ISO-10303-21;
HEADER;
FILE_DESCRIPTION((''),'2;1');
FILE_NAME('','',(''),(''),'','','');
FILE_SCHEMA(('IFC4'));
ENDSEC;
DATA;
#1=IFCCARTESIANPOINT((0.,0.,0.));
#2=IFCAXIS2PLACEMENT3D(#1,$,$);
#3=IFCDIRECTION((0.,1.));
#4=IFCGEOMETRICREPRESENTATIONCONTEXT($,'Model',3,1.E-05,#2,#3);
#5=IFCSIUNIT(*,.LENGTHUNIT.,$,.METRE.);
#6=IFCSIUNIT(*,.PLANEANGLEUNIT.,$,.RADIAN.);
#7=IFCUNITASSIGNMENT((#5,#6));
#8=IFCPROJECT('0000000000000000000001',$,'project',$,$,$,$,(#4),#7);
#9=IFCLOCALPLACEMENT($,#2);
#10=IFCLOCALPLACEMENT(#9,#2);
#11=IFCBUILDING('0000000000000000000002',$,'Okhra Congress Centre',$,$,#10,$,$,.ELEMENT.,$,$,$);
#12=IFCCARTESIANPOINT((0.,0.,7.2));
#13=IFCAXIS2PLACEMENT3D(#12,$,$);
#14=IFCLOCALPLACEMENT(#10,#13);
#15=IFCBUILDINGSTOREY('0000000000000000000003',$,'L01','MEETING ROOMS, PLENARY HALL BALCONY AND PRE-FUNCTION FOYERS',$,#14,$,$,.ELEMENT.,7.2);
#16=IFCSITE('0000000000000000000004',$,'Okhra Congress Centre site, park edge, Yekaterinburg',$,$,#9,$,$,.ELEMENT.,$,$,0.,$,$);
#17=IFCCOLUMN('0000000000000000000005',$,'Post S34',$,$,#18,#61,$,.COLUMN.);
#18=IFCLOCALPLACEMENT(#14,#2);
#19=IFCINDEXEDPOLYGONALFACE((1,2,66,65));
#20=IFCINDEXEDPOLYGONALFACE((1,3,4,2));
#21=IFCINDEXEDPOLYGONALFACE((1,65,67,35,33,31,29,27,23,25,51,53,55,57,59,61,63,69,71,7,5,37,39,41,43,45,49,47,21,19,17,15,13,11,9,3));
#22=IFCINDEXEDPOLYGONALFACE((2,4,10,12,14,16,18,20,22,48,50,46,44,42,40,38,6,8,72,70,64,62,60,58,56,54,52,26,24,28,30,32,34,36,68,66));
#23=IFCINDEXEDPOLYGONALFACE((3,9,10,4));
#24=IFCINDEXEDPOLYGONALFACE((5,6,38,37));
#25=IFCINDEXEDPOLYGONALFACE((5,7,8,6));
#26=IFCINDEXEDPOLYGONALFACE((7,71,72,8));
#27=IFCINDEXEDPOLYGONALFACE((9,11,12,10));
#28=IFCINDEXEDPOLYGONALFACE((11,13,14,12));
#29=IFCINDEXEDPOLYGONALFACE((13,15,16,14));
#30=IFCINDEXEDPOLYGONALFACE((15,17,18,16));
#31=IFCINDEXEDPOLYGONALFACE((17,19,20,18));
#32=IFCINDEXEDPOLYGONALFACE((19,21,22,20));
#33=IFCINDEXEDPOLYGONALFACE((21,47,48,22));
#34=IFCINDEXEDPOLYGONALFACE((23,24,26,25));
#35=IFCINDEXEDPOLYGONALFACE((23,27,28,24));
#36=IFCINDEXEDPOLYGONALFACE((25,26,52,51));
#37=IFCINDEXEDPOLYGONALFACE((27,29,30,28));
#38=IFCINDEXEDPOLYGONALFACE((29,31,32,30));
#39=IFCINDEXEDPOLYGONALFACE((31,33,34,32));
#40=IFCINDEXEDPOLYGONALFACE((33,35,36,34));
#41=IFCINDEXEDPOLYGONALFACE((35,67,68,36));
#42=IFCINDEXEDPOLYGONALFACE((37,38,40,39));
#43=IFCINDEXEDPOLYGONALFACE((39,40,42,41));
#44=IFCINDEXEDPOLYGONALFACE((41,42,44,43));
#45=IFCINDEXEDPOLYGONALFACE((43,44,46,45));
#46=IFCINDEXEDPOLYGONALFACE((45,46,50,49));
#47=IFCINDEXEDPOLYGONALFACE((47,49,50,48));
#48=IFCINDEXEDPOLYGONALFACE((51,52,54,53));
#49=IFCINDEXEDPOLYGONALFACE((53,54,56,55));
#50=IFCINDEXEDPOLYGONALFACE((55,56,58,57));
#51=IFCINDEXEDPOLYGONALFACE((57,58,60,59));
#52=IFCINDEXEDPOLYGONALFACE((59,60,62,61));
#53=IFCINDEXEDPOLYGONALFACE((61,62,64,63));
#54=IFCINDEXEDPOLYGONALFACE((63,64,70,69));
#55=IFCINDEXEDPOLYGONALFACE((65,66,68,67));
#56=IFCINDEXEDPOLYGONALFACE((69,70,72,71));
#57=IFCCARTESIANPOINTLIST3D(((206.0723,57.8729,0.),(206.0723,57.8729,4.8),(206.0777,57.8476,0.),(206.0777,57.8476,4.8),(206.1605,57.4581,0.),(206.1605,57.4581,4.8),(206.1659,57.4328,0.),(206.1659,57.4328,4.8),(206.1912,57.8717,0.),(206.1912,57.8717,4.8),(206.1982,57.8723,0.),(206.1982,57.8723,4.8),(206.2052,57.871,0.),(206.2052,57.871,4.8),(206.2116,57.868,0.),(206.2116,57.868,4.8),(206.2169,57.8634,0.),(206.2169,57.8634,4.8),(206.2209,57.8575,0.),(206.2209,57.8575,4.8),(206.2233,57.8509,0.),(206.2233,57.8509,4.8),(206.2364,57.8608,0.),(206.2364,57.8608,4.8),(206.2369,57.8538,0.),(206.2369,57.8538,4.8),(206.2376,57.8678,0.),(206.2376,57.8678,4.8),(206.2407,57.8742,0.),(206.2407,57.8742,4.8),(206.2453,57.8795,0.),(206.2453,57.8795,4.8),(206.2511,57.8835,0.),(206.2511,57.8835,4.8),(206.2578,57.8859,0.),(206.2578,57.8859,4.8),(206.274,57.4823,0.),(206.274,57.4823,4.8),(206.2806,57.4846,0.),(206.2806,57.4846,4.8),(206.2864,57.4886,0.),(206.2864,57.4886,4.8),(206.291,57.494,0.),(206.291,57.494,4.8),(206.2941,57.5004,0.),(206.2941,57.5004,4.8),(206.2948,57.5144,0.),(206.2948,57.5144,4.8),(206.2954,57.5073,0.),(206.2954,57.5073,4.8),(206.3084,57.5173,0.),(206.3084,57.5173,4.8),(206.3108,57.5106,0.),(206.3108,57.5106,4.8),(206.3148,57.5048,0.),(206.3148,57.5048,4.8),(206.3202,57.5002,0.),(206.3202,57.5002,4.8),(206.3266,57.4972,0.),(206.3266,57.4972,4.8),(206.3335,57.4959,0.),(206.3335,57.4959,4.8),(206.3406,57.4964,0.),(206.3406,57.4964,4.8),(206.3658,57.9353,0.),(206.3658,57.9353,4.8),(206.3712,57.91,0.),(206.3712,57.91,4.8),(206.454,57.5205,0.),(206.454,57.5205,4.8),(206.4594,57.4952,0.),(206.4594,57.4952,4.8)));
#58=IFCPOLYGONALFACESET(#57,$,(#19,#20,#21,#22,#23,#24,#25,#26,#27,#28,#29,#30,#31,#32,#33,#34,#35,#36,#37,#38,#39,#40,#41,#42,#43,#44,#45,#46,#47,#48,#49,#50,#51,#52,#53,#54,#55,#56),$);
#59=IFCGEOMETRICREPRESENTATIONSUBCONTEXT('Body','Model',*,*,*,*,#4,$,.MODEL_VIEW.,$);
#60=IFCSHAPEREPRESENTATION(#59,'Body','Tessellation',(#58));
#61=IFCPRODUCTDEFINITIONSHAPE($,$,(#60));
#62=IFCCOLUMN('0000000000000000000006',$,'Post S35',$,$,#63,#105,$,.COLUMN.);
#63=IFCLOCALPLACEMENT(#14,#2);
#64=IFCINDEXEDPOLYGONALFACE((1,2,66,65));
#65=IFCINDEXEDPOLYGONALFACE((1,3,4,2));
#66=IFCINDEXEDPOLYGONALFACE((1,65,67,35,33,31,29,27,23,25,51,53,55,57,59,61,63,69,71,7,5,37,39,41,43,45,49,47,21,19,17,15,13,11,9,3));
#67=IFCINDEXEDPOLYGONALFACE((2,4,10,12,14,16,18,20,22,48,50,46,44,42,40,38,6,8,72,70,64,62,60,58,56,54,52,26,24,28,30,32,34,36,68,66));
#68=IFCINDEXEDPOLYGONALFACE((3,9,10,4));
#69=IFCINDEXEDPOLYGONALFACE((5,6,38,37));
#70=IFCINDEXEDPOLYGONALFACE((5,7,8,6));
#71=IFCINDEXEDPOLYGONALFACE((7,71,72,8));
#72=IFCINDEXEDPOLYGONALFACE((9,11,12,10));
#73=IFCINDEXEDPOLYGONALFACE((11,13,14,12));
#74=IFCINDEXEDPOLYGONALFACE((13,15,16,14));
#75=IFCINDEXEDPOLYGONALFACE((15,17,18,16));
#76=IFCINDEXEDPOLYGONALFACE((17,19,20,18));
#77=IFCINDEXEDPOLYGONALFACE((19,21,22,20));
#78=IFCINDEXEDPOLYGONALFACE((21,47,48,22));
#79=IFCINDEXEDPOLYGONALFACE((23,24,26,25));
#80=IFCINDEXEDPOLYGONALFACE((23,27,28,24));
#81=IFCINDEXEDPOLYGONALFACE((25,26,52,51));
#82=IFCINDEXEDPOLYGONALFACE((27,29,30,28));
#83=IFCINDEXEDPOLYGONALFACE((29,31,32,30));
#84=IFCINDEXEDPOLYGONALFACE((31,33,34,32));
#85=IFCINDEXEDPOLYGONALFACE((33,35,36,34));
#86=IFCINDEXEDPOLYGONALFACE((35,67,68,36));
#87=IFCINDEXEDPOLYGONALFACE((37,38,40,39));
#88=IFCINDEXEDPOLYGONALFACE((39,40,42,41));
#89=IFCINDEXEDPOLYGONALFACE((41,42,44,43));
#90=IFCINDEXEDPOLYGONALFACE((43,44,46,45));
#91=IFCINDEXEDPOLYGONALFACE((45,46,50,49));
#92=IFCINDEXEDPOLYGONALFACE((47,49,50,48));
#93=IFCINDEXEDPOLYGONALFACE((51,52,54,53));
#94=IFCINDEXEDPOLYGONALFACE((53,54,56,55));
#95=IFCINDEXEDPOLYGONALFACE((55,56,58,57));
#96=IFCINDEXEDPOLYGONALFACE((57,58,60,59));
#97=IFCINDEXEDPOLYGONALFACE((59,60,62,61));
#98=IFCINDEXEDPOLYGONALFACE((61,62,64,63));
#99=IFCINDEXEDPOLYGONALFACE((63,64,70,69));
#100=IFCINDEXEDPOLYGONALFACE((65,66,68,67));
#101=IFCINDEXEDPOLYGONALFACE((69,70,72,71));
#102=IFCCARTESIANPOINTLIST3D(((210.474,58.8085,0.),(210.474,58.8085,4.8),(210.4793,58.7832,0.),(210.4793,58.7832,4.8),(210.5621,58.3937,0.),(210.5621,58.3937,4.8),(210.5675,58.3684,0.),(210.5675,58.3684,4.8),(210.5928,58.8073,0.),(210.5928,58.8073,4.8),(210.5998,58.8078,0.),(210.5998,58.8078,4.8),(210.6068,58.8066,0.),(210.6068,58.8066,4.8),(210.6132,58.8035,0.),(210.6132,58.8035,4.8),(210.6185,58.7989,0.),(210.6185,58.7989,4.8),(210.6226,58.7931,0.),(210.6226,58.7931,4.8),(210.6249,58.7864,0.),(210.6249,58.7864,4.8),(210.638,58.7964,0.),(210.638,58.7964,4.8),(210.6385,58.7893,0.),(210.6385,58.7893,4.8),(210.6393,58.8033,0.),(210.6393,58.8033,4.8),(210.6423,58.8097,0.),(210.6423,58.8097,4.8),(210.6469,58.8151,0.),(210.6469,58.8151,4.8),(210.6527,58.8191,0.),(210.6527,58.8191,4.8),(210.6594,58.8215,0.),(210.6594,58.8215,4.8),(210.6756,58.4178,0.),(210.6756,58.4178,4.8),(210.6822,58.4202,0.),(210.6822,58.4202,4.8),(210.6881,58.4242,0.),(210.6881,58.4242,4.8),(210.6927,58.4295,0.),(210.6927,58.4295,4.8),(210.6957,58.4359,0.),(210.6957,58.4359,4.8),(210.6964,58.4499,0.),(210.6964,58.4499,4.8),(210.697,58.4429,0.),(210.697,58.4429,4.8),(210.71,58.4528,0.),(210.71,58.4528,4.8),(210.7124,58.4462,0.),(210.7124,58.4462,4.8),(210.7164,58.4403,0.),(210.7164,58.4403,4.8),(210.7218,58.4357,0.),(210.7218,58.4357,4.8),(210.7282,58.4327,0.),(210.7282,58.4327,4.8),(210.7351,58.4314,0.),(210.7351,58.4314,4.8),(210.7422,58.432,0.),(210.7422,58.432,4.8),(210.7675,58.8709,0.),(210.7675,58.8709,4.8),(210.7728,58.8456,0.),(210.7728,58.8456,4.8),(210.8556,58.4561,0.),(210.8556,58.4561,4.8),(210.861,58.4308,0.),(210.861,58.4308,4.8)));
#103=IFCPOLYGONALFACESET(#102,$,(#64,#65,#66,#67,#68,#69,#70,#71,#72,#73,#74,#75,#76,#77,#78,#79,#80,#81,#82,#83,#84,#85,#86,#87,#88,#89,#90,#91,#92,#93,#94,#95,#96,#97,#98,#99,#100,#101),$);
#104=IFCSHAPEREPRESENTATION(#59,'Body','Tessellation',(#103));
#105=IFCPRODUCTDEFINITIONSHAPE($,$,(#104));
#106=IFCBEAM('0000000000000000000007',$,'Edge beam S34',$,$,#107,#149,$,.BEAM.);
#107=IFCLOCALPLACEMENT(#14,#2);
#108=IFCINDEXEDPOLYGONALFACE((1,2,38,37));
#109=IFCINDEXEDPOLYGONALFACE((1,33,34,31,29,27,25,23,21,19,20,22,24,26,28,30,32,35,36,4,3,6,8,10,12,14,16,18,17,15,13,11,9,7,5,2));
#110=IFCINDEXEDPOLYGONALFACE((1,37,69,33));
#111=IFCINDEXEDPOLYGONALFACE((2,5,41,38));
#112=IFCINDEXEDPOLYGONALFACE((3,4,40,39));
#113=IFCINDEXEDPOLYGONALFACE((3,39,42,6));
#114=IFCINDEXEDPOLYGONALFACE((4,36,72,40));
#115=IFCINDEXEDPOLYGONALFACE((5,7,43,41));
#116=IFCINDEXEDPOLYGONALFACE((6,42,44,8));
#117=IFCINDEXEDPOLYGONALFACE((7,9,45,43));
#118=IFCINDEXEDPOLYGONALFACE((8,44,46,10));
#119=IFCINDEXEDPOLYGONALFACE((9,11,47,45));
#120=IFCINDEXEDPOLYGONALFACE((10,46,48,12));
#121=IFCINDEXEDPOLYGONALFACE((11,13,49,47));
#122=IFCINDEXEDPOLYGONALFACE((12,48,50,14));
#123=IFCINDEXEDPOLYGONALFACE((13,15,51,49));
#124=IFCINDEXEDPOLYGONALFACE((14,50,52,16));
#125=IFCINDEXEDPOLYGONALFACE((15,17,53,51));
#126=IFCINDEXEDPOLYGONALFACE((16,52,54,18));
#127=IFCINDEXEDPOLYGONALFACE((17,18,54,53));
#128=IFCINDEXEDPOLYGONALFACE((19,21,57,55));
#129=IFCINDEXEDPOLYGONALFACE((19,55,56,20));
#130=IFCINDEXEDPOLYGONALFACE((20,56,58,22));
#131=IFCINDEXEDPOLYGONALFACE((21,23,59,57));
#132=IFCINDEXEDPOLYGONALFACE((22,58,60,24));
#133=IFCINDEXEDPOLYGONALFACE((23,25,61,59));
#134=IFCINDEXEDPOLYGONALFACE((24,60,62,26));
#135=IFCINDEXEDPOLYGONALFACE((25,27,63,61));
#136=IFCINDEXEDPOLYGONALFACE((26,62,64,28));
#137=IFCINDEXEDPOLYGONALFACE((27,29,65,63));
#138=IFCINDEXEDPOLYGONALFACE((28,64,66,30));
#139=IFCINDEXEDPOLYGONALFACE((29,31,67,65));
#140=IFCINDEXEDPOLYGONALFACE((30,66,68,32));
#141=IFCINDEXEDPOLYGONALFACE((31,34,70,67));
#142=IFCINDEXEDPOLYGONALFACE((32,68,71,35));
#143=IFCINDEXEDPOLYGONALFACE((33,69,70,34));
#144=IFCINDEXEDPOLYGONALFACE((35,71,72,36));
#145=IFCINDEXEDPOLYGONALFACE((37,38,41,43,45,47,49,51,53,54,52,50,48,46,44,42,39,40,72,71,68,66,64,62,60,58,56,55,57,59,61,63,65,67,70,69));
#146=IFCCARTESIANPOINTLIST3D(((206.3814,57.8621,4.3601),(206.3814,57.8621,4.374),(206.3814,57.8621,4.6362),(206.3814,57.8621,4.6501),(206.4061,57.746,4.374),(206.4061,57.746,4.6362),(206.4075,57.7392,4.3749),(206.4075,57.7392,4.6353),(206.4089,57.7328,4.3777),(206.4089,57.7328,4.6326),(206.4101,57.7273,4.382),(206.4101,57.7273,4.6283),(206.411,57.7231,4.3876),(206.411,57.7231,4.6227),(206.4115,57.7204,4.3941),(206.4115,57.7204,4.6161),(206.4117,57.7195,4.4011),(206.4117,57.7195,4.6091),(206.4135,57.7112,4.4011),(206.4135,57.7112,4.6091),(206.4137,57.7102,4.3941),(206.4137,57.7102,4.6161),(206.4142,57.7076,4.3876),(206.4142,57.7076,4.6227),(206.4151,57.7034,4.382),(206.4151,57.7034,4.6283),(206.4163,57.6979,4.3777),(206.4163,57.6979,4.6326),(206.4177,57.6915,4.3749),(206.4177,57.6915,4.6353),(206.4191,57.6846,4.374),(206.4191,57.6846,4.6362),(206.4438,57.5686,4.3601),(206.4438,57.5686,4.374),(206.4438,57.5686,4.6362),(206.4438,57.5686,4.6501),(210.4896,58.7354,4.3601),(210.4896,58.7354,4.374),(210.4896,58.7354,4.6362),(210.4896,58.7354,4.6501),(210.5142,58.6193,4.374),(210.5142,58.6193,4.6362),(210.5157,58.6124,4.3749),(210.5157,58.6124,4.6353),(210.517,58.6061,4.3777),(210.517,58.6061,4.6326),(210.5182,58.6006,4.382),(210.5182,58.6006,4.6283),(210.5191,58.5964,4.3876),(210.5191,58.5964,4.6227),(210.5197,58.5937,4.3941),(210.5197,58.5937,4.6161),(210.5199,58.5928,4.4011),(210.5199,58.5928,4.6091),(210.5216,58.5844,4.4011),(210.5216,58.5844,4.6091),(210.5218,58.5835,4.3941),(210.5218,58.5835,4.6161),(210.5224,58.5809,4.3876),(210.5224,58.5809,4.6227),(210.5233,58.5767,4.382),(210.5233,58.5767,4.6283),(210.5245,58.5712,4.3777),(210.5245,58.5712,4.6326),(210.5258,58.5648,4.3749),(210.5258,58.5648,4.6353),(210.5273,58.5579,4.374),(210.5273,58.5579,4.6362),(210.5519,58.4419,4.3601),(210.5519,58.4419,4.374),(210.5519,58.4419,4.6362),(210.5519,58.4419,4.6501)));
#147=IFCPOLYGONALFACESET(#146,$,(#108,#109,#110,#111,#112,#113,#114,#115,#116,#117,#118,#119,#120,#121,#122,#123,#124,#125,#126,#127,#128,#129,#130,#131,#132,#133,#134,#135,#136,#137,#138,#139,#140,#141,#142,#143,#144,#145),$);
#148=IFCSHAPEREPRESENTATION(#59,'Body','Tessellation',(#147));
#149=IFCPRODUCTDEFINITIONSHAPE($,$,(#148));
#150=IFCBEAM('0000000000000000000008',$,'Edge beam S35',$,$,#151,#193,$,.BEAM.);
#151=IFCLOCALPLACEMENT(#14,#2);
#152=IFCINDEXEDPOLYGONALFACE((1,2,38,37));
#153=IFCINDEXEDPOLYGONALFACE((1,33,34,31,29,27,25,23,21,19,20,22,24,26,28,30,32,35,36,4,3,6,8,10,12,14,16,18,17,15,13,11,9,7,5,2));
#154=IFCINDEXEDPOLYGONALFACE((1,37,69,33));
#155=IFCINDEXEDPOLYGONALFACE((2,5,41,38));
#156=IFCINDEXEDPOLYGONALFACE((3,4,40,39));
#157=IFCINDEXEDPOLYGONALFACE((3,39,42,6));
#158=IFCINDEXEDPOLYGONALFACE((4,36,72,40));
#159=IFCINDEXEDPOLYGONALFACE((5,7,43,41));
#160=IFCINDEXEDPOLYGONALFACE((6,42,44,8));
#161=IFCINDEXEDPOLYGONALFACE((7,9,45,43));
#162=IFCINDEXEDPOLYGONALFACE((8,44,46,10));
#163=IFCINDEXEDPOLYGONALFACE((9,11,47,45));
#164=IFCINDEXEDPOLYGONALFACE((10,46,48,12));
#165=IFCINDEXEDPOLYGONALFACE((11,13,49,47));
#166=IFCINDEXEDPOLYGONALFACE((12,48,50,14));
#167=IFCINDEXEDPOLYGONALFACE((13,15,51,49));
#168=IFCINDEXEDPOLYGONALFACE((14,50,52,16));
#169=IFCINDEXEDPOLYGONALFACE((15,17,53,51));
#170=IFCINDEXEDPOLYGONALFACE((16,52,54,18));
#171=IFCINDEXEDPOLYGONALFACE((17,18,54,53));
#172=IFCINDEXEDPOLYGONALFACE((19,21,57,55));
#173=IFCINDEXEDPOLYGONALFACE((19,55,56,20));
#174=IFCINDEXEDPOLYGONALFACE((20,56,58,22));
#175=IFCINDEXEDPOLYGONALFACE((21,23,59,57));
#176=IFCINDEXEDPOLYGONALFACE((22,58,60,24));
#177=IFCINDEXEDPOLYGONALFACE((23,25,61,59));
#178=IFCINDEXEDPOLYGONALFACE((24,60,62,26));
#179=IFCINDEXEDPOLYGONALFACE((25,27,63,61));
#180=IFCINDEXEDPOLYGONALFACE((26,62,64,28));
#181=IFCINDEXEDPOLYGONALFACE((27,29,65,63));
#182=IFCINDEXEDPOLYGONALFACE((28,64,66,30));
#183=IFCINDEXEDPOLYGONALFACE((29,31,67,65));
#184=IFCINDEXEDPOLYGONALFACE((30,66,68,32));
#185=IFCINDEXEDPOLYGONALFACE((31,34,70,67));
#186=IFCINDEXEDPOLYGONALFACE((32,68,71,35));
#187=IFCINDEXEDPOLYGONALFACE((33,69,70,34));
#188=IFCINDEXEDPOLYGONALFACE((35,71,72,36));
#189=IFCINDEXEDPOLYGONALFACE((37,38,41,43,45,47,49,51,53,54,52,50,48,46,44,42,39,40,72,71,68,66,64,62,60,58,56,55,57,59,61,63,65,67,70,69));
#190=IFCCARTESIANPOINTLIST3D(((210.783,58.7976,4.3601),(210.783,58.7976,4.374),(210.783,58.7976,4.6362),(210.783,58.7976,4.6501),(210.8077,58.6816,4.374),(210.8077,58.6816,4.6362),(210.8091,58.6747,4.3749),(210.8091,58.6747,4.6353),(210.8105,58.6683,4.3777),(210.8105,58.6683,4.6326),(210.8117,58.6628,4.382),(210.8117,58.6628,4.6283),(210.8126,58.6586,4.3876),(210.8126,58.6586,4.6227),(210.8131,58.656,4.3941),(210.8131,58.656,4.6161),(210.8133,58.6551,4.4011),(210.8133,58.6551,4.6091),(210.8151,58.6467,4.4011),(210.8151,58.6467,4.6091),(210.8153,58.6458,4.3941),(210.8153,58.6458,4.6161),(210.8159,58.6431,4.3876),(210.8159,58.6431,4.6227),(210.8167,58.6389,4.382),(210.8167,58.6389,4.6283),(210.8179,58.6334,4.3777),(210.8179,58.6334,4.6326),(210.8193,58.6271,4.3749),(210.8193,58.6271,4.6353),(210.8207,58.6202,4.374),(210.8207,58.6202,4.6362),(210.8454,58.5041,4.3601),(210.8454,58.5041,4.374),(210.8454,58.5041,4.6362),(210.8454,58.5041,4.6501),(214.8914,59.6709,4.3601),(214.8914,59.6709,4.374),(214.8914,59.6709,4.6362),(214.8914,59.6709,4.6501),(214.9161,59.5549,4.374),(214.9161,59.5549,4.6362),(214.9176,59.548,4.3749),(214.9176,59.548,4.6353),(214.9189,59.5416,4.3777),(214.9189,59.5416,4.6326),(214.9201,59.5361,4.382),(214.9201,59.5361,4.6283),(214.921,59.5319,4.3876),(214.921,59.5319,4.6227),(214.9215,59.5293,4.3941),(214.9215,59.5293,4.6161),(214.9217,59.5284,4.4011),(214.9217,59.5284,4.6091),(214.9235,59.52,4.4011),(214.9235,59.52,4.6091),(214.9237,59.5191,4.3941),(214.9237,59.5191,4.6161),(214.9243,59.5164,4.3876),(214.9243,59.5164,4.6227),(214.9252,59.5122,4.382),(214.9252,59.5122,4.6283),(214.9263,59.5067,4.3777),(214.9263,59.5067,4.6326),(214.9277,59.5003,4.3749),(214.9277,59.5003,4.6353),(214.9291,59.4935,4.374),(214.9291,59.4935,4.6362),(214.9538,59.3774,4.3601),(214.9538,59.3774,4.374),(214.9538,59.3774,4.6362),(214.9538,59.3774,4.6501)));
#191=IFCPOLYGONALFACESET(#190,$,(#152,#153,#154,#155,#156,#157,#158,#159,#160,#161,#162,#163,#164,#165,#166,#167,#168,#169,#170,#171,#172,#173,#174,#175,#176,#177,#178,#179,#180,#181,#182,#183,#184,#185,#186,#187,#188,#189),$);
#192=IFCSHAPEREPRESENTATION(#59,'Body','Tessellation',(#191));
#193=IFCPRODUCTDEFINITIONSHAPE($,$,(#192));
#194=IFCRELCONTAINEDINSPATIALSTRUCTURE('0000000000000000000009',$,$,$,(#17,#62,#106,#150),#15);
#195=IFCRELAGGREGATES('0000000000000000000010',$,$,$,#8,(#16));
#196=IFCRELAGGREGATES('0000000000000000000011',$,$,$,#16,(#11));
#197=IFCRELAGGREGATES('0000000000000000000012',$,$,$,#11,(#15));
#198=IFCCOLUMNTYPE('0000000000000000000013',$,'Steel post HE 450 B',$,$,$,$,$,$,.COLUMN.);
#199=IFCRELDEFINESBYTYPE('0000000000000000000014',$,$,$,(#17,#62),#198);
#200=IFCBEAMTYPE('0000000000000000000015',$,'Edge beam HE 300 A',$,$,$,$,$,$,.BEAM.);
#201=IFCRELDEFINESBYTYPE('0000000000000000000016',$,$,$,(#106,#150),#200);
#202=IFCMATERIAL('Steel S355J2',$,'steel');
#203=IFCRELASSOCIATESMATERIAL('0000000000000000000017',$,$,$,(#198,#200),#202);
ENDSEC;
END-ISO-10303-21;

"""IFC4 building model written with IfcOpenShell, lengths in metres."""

from ifc_helpers import new_model, si_unit, direction, frame, origin, origin_2d, place, context, subcontext, project, spatial, i_section, extrude, material, material_profile, profile_set, type_object, element, save


model = new_model("IFC4")

# Units and contexts
model_context = context("Model", 3, precision=1e-05, world=origin(), true_north=direction((0.0, 1.0)))
body_context = subcontext(model_context, "Body", "Model", "MODEL_VIEW")
ifc_project = project(units=[si_unit("LENGTHUNIT", "METRE"), si_unit("PLANEANGLEUNIT", "RADIAN")], contexts=[model_context])

# Site, building, storey
site_placement = place(None, origin())
site = spatial("IfcSite", under=ifc_project, at=site_placement, Name="Okhra Congress Centre site, park edge, Yekaterinburg", CompositionType="ELEMENT", RefElevation=0.0)
building_placement = place(site_placement, origin())
building = spatial("IfcBuilding", under=site, at=building_placement, Name="Okhra Congress Centre", CompositionType="ELEMENT")
storey_placement = place(building_placement, frame((0.0, 0.0, 7.2)))
storey = spatial("IfcBuildingStorey", under=building, at=storey_placement, Name="L01", Description="MEETING ROOMS, PLENARY HALL BALCONY AND PRE-FUNCTION FOYERS", CompositionType="ELEMENT", Elevation=7.2)

# Columns
ifc_material_1 = material(Name="Steel S355J2", Category="steel")
ifc_material_profile_1 = material_profile(ifc_material_1, i_section(OverallWidth=0.3, OverallDepth=0.45, WebThickness=0.0139, FlangeThickness=0.0259, FilletRadius=0.0271, at=origin_2d()), Name="HE 450 B")
ifc_profile_set_1 = profile_set([ifc_material_profile_1], Name="Steel S355J2")
column_type = type_object("IfcColumnType", Name="Steel post HE 450 B", PredefinedType="COLUMN", material=ifc_profile_set_1)
for number, where, z_axis, x_axis, name in (
    (1, (206.2659, 57.6841, 0.0), (0.0, 0.0, 1.0), (0.978148, 0.207912, 0.0), "Post S34"),
    (2, (210.6675, 58.6196, 0.0), (0.0, 0.0, 1.0), (0.978148, 0.207912, 0.0), "Post S35"),
):
    element("IfcColumn", number, at=place(storey_placement, frame(where, z_axis=z_axis, x_axis=x_axis)), inside=storey, type_object=column_type, Name=name, PredefinedType="COLUMN", context=body_context, shape_type="SweptSolid", body=[
        extrude(i_section(OverallWidth=0.3, OverallDepth=0.45, WebThickness=0.0139, FlangeThickness=0.0259, FilletRadius=0.0271, at=origin_2d()), origin(), (0.0, 0.0, 1.0), 4.8),
    ])

# Beams
ifc_material_profile_2 = material_profile(ifc_material_1, i_section(OverallWidth=0.3, OverallDepth=0.29, WebThickness=0.0085, FlangeThickness=0.0139, FilletRadius=0.0271, at=origin_2d()), Name="HE 300 A")
ifc_profile_set_2 = profile_set([ifc_material_profile_2], Name="Steel S355J2")
beam_type_1 = type_object("IfcBeamType", Name="Edge beam HE 300 A", PredefinedType="BEAM", material=ifc_profile_set_2)
beam_1_placement = place(storey_placement, frame((206.4126, 57.7153, 4.5051), z_axis=(0.978144, 0.207929, 0.0), x_axis=(-0.207929, 0.978144, 0.0)))
element("IfcBeam", 3, at=beam_1_placement, inside=storey, type_object=beam_type_1, Name="Edge beam S34", PredefinedType="BEAM", context=body_context, shape_type="SweptSolid", body=[
    extrude(i_section(OverallWidth=0.3, OverallDepth=0.29, WebThickness=0.0085, FlangeThickness=0.0139, FilletRadius=0.0271, at=origin_2d()), origin(), (0.0, 0.0, 1.0), 4.2),
])
beam_2_placement = place(storey_placement, frame((210.8142, 58.6509, 4.5051), z_axis=(0.978146, 0.207917, 0.0), x_axis=(-0.207917, 0.978146, 0.0)))
element("IfcBeam", 4, at=beam_2_placement, inside=storey, type_object=beam_type_1, Name="Edge beam S35", PredefinedType="BEAM", context=body_context, shape_type="SweptSolid", body=[
    extrude(i_section(OverallWidth=0.3, OverallDepth=0.29, WebThickness=0.0085, FlangeThickness=0.0139, FilletRadius=0.0271, at=origin_2d()), origin(), (0.0, 0.0, 1.0), 4.2002),
])

save(model, "model.ifc")
